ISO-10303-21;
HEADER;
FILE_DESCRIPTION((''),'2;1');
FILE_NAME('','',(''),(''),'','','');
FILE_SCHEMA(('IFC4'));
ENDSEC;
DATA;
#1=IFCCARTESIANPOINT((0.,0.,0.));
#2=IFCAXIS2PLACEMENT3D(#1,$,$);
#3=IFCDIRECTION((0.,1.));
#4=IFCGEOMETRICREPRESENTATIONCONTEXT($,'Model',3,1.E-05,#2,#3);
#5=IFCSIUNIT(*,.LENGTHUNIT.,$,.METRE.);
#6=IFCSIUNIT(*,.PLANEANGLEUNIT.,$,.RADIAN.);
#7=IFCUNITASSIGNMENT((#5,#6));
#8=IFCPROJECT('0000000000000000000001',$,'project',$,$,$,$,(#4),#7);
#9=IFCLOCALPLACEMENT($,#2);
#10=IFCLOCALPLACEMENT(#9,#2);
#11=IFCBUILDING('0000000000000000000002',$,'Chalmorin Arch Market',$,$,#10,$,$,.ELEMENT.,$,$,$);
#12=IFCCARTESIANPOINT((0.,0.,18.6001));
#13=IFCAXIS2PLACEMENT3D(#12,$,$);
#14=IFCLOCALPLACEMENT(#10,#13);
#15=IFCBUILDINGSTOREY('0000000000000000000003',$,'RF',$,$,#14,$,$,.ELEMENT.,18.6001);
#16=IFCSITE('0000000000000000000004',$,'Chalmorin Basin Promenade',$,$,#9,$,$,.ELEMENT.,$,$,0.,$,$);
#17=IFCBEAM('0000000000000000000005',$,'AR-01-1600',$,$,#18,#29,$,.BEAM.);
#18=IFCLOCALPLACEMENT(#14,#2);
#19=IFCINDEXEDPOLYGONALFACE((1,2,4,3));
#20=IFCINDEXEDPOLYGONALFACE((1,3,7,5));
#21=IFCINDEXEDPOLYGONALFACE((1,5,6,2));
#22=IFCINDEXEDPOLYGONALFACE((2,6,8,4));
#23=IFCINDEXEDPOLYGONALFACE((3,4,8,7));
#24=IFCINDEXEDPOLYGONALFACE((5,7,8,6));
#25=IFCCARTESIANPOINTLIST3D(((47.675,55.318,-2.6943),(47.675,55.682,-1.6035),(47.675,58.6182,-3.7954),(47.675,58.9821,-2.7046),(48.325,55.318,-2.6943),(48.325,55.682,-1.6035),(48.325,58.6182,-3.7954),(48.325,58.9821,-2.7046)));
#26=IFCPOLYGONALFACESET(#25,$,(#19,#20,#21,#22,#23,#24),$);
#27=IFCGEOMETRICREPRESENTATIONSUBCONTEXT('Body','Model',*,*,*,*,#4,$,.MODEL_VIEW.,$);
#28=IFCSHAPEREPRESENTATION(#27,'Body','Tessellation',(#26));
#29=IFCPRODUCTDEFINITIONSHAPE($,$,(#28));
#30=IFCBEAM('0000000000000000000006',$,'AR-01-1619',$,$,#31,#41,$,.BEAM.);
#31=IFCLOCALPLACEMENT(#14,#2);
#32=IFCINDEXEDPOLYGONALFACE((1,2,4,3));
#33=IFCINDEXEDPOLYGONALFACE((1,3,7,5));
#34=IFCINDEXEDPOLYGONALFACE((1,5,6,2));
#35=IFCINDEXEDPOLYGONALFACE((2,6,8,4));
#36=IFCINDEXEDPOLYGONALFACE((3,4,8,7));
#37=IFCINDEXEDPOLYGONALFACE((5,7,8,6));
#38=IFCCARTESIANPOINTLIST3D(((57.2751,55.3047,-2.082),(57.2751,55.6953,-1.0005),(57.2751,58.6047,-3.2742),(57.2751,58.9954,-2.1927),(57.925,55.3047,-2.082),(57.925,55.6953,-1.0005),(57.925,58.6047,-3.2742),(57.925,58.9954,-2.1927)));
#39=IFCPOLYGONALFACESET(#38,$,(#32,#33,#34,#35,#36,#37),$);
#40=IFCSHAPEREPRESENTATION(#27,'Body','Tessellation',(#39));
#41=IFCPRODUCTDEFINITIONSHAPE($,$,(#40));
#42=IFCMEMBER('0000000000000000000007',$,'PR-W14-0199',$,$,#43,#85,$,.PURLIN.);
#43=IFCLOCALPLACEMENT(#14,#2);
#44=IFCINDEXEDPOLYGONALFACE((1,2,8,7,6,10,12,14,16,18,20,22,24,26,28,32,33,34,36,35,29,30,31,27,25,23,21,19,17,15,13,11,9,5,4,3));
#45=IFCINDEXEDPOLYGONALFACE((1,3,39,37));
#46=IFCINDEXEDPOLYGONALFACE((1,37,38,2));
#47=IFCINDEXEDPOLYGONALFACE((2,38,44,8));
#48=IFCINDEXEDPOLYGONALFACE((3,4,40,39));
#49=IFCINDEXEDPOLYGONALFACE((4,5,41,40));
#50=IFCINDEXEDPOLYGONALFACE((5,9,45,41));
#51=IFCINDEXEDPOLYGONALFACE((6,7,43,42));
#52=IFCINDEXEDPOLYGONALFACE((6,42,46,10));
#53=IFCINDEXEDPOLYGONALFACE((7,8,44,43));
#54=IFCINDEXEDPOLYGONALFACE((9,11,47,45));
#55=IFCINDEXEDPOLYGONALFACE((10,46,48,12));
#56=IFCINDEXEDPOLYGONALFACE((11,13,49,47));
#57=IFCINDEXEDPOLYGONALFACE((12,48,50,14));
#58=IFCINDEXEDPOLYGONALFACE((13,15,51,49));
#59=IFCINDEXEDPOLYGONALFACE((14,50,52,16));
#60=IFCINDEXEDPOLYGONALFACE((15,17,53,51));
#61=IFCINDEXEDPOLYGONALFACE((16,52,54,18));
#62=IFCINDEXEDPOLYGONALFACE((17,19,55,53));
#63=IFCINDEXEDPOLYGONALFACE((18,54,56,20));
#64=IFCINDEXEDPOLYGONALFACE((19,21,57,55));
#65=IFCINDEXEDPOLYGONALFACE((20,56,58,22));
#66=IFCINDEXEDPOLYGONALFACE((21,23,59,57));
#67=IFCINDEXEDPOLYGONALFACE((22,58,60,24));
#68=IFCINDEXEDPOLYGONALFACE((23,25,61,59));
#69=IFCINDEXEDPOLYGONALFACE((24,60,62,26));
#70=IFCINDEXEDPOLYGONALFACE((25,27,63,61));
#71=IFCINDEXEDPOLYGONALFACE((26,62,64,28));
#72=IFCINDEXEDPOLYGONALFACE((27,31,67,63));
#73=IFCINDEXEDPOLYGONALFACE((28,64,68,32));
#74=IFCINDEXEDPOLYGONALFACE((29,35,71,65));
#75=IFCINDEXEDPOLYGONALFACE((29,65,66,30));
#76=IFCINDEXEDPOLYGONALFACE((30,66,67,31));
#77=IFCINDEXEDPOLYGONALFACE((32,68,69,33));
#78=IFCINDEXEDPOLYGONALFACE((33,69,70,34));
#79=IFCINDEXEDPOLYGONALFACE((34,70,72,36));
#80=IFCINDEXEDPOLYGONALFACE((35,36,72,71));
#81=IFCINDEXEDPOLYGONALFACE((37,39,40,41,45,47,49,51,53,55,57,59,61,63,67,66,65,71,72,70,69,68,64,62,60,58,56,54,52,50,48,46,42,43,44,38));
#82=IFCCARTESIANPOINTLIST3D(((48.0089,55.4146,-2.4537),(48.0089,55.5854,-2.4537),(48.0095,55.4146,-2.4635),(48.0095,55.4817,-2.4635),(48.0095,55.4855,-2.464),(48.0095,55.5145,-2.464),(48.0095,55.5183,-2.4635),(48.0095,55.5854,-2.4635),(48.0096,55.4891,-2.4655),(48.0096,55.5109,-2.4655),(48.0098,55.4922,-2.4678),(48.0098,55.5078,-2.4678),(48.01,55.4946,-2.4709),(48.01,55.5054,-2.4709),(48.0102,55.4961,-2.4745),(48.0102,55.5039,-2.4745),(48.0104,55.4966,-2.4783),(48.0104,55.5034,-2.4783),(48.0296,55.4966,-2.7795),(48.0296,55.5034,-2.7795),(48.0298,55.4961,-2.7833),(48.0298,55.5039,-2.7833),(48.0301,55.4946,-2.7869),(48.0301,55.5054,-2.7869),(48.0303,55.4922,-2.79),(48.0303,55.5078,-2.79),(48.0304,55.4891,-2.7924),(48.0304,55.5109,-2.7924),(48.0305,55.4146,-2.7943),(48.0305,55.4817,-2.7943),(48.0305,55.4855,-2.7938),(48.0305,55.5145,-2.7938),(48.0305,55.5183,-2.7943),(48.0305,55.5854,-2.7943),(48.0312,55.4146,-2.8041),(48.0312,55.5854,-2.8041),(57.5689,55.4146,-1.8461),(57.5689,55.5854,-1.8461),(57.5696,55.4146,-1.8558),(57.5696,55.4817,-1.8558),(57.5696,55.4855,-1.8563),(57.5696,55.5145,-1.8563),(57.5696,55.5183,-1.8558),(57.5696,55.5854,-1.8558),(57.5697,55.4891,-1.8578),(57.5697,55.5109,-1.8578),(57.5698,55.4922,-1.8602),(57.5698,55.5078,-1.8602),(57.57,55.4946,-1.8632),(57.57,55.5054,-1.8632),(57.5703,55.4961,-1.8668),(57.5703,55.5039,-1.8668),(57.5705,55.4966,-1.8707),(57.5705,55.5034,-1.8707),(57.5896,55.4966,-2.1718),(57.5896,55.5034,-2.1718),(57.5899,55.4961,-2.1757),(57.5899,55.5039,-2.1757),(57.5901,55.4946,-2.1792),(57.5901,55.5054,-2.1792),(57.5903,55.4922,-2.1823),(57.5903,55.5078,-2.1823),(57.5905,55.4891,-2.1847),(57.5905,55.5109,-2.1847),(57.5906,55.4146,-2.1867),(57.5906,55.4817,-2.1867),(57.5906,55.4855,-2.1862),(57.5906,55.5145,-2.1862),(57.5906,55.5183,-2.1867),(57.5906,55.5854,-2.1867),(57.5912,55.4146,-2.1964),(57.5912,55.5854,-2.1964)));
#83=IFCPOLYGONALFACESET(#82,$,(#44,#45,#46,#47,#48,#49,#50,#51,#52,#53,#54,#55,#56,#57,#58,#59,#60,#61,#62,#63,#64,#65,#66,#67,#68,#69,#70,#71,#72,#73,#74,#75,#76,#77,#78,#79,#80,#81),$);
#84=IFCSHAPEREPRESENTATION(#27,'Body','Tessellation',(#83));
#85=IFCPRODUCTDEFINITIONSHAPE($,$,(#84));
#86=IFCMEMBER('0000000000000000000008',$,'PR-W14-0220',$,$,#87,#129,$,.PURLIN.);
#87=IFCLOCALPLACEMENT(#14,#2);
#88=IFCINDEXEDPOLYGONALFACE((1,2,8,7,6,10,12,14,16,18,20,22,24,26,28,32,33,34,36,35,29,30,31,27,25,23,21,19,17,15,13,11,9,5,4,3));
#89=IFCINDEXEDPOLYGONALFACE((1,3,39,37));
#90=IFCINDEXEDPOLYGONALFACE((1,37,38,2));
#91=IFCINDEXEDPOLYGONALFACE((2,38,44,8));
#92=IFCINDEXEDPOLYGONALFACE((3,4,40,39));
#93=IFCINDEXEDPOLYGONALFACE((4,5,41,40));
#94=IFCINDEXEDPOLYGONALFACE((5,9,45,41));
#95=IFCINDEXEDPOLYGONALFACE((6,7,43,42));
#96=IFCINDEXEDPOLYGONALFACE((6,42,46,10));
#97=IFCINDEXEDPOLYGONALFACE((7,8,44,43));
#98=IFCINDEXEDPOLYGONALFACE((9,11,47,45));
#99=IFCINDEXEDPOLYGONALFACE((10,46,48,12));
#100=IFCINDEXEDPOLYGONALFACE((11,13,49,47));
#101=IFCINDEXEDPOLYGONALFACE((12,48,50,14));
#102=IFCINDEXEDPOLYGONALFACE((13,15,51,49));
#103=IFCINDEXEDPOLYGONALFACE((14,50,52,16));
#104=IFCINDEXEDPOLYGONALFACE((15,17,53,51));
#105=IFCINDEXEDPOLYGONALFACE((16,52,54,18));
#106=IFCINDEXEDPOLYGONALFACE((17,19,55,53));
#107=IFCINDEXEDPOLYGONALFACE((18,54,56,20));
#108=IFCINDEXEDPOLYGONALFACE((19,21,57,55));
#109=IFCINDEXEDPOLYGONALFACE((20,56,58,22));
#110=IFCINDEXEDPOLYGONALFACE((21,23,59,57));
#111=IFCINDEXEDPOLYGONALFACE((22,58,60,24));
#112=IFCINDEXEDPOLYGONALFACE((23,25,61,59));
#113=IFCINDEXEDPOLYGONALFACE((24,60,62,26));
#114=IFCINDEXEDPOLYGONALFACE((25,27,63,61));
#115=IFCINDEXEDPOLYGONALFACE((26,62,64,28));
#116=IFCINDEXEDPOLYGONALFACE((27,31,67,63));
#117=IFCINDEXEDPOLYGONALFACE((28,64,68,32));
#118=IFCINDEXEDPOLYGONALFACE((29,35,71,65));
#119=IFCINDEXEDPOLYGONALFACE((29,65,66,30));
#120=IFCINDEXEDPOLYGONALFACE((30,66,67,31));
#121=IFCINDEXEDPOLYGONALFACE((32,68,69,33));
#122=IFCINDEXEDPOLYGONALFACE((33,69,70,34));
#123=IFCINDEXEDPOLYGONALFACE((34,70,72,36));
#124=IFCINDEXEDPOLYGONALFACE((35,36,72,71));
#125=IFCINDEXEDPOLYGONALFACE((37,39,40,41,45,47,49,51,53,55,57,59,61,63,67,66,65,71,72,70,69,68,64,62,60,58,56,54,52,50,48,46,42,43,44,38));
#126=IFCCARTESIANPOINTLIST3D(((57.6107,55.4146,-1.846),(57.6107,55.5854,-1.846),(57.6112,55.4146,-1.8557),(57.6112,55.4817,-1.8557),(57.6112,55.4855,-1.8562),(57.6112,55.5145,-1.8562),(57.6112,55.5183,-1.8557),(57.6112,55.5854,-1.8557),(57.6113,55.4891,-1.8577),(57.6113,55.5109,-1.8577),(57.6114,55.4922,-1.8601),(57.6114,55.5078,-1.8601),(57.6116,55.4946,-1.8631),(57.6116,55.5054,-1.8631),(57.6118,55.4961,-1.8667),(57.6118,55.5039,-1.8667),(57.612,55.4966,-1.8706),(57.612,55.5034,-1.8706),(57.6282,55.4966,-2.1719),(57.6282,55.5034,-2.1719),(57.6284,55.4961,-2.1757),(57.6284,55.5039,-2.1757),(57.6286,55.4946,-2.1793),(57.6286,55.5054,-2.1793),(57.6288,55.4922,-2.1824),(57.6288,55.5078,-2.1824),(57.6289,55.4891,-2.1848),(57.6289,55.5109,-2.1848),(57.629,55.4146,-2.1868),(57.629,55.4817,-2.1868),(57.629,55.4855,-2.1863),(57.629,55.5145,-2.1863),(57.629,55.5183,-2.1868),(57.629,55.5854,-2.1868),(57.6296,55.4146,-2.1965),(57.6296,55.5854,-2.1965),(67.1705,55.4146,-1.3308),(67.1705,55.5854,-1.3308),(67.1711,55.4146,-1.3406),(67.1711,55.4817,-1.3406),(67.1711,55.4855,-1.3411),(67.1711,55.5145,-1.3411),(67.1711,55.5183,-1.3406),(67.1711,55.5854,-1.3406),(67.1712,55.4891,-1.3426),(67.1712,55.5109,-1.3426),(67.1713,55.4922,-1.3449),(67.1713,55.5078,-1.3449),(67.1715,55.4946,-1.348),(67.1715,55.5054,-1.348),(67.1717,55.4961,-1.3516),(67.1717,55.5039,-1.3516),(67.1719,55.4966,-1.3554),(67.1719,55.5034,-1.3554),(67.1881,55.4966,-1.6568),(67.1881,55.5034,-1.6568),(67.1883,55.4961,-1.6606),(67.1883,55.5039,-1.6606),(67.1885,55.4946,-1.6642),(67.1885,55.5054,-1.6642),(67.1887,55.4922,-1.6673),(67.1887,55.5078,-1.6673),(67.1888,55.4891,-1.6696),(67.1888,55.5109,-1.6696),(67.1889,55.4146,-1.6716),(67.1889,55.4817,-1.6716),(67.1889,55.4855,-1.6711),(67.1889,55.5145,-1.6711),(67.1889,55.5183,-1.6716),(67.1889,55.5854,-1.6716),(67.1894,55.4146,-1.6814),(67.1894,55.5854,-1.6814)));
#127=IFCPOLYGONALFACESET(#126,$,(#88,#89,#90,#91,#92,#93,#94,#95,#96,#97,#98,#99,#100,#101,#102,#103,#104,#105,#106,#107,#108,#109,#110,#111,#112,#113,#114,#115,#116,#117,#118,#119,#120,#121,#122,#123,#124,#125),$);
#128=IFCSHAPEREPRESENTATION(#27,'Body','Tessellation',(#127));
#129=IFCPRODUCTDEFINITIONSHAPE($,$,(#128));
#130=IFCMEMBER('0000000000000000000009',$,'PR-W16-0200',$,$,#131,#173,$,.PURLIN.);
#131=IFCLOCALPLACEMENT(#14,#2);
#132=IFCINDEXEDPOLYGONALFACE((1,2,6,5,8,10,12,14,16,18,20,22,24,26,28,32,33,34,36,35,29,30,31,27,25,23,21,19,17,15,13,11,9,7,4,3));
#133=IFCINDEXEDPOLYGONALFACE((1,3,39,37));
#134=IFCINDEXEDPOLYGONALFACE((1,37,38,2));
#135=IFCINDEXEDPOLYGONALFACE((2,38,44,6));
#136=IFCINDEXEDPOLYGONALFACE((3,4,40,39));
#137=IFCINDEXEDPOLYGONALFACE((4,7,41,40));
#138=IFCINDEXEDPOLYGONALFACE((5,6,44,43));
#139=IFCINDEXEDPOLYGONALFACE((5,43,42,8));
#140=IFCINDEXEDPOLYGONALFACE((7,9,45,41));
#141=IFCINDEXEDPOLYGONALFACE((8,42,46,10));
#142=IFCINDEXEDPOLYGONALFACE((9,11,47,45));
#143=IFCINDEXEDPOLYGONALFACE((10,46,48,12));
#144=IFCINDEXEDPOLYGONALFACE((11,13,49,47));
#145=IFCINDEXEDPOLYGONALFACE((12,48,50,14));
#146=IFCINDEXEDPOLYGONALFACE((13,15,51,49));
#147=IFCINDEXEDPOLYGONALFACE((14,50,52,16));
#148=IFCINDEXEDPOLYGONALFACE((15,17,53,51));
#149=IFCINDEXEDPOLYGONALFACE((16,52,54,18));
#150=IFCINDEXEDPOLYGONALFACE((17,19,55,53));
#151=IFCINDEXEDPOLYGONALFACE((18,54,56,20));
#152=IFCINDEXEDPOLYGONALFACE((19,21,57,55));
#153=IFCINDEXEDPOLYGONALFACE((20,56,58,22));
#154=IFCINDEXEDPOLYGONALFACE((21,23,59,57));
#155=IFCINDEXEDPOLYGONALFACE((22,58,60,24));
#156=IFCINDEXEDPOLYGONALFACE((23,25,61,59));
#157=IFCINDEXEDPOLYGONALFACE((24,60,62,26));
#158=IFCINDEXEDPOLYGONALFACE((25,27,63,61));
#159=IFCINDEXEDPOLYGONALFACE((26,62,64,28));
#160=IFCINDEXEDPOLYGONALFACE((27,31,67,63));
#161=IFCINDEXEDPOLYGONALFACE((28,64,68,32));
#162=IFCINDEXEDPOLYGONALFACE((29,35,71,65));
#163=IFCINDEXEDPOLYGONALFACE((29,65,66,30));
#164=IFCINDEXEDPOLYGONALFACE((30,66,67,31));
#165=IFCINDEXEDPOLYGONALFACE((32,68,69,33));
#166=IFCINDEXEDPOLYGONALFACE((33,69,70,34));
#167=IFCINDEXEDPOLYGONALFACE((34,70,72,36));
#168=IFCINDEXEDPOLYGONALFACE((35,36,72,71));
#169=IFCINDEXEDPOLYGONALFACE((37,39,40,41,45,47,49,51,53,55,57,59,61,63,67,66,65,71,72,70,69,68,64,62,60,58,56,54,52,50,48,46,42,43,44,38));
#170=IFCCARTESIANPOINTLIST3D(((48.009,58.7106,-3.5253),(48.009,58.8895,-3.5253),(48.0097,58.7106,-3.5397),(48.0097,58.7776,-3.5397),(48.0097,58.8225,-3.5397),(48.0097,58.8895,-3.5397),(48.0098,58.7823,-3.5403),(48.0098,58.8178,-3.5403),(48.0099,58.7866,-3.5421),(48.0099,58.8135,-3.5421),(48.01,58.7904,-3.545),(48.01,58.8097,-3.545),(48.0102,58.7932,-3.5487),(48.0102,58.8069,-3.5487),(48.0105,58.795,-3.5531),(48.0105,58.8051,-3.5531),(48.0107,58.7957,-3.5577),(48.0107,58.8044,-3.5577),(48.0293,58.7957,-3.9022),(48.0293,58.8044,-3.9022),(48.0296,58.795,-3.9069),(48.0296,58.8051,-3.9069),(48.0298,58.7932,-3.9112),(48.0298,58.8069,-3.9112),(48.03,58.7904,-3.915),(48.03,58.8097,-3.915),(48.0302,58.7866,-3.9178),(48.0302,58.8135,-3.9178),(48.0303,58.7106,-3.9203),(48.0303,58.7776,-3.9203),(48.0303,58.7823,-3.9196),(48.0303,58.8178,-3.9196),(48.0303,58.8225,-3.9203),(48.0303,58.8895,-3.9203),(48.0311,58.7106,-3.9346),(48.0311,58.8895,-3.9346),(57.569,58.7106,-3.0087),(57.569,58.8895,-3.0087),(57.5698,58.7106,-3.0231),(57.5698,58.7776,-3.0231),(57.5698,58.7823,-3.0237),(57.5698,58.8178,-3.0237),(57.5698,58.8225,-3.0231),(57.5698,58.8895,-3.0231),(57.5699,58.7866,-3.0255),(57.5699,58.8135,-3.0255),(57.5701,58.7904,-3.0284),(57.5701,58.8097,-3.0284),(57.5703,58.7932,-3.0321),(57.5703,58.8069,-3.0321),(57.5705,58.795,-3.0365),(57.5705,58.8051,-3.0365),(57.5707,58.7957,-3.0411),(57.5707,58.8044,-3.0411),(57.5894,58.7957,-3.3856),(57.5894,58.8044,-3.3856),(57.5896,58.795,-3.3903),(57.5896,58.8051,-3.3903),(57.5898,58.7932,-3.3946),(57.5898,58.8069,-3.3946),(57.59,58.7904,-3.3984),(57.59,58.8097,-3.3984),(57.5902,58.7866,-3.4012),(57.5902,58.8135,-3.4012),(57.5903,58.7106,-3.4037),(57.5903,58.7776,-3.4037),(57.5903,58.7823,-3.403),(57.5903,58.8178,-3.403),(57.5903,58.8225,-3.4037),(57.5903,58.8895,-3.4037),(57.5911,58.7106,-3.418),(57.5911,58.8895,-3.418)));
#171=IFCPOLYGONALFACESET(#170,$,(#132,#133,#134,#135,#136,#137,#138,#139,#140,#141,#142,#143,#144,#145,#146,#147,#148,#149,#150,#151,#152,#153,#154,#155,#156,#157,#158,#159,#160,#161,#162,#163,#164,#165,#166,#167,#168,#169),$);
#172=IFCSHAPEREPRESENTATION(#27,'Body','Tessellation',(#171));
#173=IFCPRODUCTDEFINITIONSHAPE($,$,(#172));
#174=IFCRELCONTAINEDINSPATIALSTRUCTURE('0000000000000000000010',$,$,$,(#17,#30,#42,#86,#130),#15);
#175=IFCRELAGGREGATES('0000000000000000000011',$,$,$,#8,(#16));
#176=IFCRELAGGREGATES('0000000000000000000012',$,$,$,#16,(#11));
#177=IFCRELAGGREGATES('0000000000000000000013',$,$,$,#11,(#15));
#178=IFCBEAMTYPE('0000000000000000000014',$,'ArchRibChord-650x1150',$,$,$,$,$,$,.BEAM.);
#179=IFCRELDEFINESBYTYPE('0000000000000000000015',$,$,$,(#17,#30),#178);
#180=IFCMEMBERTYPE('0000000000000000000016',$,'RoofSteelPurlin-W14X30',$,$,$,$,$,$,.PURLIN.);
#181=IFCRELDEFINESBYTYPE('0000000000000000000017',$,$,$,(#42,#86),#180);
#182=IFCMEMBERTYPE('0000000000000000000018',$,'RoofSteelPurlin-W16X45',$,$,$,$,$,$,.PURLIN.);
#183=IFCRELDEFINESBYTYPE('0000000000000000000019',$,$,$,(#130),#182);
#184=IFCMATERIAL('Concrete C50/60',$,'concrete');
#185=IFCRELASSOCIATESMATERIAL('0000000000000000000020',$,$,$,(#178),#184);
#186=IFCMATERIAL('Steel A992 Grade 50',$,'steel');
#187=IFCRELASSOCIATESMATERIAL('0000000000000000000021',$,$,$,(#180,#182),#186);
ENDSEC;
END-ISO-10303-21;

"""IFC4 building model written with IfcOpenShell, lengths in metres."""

from ifc_helpers import new_model, si_unit, direction, frame, origin, origin_2d, place, context, subcontext, project, spatial, rectangle, i_section, extrude, material, material_profile, profile_set, type_object, element, save


model = new_model("IFC4")

# Units and contexts
model_context = context("Model", 3, precision=1e-05, world=origin(), true_north=direction((0.0, 1.0)))
body_context = subcontext(model_context, "Body", "Model", "MODEL_VIEW")
ifc_project = project(units=[si_unit("LENGTHUNIT", "METRE"), si_unit("PLANEANGLEUNIT", "RADIAN")], contexts=[model_context])

# Site, building, storey
site_placement = place(None, origin())
site = spatial("IfcSite", under=ifc_project, at=site_placement, Name="Chalmorin Basin Promenade", CompositionType="ELEMENT", RefElevation=0.0)
building_placement = place(site_placement, origin())
building = spatial("IfcBuilding", under=site, at=building_placement, Name="Chalmorin Arch Market", CompositionType="ELEMENT")
storey_placement = place(building_placement, frame((0.0, 0.0, 18.6001)))
storey = spatial("IfcBuildingStorey", under=building, at=storey_placement, Name="RF", CompositionType="ELEMENT", Elevation=18.6001)

# Beams
ifc_material_1 = material(Name="Concrete C50/60", Category="concrete")
ifc_material_profile_1 = material_profile(ifc_material_1, rectangle(XDim=0.6499, YDim=1.1499, at=origin_2d()), Name="RC650X1150")
ifc_profile_set_1 = profile_set([ifc_material_profile_1], Name="Concrete C50/60")
beam_type = type_object("IfcBeamType", Name="ArchRibChord-650x1150", PredefinedType="BEAM", material=ifc_profile_set_1)
beam_1_placement = place(storey_placement, frame((48.0, 55.5, -2.1489), z_axis=(0.0, 0.948592, -0.316501), x_axis=(-1.0, 0.0, 0.0)))
element("IfcBeam", 1, at=beam_1_placement, inside=storey, type_object=beam_type, Name="AR-01-1600", PredefinedType="BEAM", context=body_context, shape_type="SweptSolid", body=[
    extrude(rectangle(XDim=0.6499, YDim=1.1499, at=origin_2d()), origin(), (0.0, 0.0, 1.0), 3.479),
])
beam_2_placement = place(storey_placement, frame((57.6001, 55.5, -1.5413), z_axis=(0.0, 0.940513, -0.339759), x_axis=(-1.0, 0.0, 0.0)))
element("IfcBeam", 2, at=beam_2_placement, inside=storey, type_object=beam_type, Name="AR-01-1619", PredefinedType="BEAM", context=body_context, shape_type="SweptSolid", body=[
    extrude(rectangle(XDim=0.6499, YDim=1.1499, at=origin_2d()), origin(), (0.0, 0.0, 1.0), 3.5088),
])

# Members
ifc_material_2 = material(Name="Steel A992 Grade 50", Category="steel")
ifc_material_profile_2 = material_profile(ifc_material_2, i_section(OverallWidth=0.1709, OverallDepth=0.3511, WebThickness=0.0068, FlangeThickness=0.0098, FilletRadius=0.0149, at=origin_2d()), Name="W14X30")
ifc_profile_set_2 = profile_set([ifc_material_profile_2], Name="Steel A992 Grade 50")
member_type_1 = type_object("IfcMemberType", Name="RoofSteelPurlin-W14X30", PredefinedType="PURLIN", material=ifc_profile_set_2)
member_1_placement = place(storey_placement, frame((48.02, 55.5, -2.6289), z_axis=(0.997986, 0.0, 0.063435), x_axis=(0.0, 1.0, 0.0)))
element("IfcMember", 3, at=member_1_placement, inside=storey, type_object=member_type_1, Name="PR-W14-0199", PredefinedType="PURLIN", context=body_context, shape_type="SweptSolid", body=[
    extrude(i_section(OverallWidth=0.1709, OverallDepth=0.3511, WebThickness=0.0068, FlangeThickness=0.0098, FilletRadius=0.0149, at=origin_2d()), origin(), (0.0, 0.0, 1.0), 9.5793),
])
member_2_placement = place(storey_placement, frame((57.6201, 55.5, -2.0212), z_axis=(0.998551, 0.0, 0.053808), x_axis=(0.0, 1.0, 0.0)))
element("IfcMember", 4, at=member_2_placement, inside=storey, type_object=member_type_1, Name="PR-W14-0220", PredefinedType="PURLIN", context=body_context, shape_type="SweptSolid", body=[
    extrude(i_section(OverallWidth=0.1709, OverallDepth=0.3511, WebThickness=0.0068, FlangeThickness=0.0098, FilletRadius=0.0149, at=origin_2d()), origin(), (0.0, 0.0, 1.0), 9.5737),
])
ifc_material_profile_3 = material_profile(ifc_material_2, i_section(OverallWidth=0.179, OverallDepth=0.4099, WebThickness=0.0088, FlangeThickness=0.0144, FilletRadius=0.0181, at=origin_2d()), Name="W16X45")
ifc_profile_set_3 = profile_set([ifc_material_profile_3], Name="Steel A992 Grade 50")
member_type_2 = type_object("IfcMemberType", Name="RoofSteelPurlin-W16X45", PredefinedType="PURLIN", material=ifc_profile_set_3)
member_3_placement = place(storey_placement, frame((48.02, 58.8, -3.73), z_axis=(0.998543, 0.0, 0.053959), x_axis=(0.0, 1.0, 0.0)))
element("IfcMember", 5, at=member_3_placement, inside=storey, type_object=member_type_2, Name="PR-W16-0200", PredefinedType="PURLIN", context=body_context, shape_type="SweptSolid", body=[
    extrude(i_section(OverallWidth=0.179, OverallDepth=0.4099, WebThickness=0.0088, FlangeThickness=0.0144, FilletRadius=0.0181, at=origin_2d()), origin(), (0.0, 0.0, 1.0), 9.574),
])

save(model, "model.ifc")
